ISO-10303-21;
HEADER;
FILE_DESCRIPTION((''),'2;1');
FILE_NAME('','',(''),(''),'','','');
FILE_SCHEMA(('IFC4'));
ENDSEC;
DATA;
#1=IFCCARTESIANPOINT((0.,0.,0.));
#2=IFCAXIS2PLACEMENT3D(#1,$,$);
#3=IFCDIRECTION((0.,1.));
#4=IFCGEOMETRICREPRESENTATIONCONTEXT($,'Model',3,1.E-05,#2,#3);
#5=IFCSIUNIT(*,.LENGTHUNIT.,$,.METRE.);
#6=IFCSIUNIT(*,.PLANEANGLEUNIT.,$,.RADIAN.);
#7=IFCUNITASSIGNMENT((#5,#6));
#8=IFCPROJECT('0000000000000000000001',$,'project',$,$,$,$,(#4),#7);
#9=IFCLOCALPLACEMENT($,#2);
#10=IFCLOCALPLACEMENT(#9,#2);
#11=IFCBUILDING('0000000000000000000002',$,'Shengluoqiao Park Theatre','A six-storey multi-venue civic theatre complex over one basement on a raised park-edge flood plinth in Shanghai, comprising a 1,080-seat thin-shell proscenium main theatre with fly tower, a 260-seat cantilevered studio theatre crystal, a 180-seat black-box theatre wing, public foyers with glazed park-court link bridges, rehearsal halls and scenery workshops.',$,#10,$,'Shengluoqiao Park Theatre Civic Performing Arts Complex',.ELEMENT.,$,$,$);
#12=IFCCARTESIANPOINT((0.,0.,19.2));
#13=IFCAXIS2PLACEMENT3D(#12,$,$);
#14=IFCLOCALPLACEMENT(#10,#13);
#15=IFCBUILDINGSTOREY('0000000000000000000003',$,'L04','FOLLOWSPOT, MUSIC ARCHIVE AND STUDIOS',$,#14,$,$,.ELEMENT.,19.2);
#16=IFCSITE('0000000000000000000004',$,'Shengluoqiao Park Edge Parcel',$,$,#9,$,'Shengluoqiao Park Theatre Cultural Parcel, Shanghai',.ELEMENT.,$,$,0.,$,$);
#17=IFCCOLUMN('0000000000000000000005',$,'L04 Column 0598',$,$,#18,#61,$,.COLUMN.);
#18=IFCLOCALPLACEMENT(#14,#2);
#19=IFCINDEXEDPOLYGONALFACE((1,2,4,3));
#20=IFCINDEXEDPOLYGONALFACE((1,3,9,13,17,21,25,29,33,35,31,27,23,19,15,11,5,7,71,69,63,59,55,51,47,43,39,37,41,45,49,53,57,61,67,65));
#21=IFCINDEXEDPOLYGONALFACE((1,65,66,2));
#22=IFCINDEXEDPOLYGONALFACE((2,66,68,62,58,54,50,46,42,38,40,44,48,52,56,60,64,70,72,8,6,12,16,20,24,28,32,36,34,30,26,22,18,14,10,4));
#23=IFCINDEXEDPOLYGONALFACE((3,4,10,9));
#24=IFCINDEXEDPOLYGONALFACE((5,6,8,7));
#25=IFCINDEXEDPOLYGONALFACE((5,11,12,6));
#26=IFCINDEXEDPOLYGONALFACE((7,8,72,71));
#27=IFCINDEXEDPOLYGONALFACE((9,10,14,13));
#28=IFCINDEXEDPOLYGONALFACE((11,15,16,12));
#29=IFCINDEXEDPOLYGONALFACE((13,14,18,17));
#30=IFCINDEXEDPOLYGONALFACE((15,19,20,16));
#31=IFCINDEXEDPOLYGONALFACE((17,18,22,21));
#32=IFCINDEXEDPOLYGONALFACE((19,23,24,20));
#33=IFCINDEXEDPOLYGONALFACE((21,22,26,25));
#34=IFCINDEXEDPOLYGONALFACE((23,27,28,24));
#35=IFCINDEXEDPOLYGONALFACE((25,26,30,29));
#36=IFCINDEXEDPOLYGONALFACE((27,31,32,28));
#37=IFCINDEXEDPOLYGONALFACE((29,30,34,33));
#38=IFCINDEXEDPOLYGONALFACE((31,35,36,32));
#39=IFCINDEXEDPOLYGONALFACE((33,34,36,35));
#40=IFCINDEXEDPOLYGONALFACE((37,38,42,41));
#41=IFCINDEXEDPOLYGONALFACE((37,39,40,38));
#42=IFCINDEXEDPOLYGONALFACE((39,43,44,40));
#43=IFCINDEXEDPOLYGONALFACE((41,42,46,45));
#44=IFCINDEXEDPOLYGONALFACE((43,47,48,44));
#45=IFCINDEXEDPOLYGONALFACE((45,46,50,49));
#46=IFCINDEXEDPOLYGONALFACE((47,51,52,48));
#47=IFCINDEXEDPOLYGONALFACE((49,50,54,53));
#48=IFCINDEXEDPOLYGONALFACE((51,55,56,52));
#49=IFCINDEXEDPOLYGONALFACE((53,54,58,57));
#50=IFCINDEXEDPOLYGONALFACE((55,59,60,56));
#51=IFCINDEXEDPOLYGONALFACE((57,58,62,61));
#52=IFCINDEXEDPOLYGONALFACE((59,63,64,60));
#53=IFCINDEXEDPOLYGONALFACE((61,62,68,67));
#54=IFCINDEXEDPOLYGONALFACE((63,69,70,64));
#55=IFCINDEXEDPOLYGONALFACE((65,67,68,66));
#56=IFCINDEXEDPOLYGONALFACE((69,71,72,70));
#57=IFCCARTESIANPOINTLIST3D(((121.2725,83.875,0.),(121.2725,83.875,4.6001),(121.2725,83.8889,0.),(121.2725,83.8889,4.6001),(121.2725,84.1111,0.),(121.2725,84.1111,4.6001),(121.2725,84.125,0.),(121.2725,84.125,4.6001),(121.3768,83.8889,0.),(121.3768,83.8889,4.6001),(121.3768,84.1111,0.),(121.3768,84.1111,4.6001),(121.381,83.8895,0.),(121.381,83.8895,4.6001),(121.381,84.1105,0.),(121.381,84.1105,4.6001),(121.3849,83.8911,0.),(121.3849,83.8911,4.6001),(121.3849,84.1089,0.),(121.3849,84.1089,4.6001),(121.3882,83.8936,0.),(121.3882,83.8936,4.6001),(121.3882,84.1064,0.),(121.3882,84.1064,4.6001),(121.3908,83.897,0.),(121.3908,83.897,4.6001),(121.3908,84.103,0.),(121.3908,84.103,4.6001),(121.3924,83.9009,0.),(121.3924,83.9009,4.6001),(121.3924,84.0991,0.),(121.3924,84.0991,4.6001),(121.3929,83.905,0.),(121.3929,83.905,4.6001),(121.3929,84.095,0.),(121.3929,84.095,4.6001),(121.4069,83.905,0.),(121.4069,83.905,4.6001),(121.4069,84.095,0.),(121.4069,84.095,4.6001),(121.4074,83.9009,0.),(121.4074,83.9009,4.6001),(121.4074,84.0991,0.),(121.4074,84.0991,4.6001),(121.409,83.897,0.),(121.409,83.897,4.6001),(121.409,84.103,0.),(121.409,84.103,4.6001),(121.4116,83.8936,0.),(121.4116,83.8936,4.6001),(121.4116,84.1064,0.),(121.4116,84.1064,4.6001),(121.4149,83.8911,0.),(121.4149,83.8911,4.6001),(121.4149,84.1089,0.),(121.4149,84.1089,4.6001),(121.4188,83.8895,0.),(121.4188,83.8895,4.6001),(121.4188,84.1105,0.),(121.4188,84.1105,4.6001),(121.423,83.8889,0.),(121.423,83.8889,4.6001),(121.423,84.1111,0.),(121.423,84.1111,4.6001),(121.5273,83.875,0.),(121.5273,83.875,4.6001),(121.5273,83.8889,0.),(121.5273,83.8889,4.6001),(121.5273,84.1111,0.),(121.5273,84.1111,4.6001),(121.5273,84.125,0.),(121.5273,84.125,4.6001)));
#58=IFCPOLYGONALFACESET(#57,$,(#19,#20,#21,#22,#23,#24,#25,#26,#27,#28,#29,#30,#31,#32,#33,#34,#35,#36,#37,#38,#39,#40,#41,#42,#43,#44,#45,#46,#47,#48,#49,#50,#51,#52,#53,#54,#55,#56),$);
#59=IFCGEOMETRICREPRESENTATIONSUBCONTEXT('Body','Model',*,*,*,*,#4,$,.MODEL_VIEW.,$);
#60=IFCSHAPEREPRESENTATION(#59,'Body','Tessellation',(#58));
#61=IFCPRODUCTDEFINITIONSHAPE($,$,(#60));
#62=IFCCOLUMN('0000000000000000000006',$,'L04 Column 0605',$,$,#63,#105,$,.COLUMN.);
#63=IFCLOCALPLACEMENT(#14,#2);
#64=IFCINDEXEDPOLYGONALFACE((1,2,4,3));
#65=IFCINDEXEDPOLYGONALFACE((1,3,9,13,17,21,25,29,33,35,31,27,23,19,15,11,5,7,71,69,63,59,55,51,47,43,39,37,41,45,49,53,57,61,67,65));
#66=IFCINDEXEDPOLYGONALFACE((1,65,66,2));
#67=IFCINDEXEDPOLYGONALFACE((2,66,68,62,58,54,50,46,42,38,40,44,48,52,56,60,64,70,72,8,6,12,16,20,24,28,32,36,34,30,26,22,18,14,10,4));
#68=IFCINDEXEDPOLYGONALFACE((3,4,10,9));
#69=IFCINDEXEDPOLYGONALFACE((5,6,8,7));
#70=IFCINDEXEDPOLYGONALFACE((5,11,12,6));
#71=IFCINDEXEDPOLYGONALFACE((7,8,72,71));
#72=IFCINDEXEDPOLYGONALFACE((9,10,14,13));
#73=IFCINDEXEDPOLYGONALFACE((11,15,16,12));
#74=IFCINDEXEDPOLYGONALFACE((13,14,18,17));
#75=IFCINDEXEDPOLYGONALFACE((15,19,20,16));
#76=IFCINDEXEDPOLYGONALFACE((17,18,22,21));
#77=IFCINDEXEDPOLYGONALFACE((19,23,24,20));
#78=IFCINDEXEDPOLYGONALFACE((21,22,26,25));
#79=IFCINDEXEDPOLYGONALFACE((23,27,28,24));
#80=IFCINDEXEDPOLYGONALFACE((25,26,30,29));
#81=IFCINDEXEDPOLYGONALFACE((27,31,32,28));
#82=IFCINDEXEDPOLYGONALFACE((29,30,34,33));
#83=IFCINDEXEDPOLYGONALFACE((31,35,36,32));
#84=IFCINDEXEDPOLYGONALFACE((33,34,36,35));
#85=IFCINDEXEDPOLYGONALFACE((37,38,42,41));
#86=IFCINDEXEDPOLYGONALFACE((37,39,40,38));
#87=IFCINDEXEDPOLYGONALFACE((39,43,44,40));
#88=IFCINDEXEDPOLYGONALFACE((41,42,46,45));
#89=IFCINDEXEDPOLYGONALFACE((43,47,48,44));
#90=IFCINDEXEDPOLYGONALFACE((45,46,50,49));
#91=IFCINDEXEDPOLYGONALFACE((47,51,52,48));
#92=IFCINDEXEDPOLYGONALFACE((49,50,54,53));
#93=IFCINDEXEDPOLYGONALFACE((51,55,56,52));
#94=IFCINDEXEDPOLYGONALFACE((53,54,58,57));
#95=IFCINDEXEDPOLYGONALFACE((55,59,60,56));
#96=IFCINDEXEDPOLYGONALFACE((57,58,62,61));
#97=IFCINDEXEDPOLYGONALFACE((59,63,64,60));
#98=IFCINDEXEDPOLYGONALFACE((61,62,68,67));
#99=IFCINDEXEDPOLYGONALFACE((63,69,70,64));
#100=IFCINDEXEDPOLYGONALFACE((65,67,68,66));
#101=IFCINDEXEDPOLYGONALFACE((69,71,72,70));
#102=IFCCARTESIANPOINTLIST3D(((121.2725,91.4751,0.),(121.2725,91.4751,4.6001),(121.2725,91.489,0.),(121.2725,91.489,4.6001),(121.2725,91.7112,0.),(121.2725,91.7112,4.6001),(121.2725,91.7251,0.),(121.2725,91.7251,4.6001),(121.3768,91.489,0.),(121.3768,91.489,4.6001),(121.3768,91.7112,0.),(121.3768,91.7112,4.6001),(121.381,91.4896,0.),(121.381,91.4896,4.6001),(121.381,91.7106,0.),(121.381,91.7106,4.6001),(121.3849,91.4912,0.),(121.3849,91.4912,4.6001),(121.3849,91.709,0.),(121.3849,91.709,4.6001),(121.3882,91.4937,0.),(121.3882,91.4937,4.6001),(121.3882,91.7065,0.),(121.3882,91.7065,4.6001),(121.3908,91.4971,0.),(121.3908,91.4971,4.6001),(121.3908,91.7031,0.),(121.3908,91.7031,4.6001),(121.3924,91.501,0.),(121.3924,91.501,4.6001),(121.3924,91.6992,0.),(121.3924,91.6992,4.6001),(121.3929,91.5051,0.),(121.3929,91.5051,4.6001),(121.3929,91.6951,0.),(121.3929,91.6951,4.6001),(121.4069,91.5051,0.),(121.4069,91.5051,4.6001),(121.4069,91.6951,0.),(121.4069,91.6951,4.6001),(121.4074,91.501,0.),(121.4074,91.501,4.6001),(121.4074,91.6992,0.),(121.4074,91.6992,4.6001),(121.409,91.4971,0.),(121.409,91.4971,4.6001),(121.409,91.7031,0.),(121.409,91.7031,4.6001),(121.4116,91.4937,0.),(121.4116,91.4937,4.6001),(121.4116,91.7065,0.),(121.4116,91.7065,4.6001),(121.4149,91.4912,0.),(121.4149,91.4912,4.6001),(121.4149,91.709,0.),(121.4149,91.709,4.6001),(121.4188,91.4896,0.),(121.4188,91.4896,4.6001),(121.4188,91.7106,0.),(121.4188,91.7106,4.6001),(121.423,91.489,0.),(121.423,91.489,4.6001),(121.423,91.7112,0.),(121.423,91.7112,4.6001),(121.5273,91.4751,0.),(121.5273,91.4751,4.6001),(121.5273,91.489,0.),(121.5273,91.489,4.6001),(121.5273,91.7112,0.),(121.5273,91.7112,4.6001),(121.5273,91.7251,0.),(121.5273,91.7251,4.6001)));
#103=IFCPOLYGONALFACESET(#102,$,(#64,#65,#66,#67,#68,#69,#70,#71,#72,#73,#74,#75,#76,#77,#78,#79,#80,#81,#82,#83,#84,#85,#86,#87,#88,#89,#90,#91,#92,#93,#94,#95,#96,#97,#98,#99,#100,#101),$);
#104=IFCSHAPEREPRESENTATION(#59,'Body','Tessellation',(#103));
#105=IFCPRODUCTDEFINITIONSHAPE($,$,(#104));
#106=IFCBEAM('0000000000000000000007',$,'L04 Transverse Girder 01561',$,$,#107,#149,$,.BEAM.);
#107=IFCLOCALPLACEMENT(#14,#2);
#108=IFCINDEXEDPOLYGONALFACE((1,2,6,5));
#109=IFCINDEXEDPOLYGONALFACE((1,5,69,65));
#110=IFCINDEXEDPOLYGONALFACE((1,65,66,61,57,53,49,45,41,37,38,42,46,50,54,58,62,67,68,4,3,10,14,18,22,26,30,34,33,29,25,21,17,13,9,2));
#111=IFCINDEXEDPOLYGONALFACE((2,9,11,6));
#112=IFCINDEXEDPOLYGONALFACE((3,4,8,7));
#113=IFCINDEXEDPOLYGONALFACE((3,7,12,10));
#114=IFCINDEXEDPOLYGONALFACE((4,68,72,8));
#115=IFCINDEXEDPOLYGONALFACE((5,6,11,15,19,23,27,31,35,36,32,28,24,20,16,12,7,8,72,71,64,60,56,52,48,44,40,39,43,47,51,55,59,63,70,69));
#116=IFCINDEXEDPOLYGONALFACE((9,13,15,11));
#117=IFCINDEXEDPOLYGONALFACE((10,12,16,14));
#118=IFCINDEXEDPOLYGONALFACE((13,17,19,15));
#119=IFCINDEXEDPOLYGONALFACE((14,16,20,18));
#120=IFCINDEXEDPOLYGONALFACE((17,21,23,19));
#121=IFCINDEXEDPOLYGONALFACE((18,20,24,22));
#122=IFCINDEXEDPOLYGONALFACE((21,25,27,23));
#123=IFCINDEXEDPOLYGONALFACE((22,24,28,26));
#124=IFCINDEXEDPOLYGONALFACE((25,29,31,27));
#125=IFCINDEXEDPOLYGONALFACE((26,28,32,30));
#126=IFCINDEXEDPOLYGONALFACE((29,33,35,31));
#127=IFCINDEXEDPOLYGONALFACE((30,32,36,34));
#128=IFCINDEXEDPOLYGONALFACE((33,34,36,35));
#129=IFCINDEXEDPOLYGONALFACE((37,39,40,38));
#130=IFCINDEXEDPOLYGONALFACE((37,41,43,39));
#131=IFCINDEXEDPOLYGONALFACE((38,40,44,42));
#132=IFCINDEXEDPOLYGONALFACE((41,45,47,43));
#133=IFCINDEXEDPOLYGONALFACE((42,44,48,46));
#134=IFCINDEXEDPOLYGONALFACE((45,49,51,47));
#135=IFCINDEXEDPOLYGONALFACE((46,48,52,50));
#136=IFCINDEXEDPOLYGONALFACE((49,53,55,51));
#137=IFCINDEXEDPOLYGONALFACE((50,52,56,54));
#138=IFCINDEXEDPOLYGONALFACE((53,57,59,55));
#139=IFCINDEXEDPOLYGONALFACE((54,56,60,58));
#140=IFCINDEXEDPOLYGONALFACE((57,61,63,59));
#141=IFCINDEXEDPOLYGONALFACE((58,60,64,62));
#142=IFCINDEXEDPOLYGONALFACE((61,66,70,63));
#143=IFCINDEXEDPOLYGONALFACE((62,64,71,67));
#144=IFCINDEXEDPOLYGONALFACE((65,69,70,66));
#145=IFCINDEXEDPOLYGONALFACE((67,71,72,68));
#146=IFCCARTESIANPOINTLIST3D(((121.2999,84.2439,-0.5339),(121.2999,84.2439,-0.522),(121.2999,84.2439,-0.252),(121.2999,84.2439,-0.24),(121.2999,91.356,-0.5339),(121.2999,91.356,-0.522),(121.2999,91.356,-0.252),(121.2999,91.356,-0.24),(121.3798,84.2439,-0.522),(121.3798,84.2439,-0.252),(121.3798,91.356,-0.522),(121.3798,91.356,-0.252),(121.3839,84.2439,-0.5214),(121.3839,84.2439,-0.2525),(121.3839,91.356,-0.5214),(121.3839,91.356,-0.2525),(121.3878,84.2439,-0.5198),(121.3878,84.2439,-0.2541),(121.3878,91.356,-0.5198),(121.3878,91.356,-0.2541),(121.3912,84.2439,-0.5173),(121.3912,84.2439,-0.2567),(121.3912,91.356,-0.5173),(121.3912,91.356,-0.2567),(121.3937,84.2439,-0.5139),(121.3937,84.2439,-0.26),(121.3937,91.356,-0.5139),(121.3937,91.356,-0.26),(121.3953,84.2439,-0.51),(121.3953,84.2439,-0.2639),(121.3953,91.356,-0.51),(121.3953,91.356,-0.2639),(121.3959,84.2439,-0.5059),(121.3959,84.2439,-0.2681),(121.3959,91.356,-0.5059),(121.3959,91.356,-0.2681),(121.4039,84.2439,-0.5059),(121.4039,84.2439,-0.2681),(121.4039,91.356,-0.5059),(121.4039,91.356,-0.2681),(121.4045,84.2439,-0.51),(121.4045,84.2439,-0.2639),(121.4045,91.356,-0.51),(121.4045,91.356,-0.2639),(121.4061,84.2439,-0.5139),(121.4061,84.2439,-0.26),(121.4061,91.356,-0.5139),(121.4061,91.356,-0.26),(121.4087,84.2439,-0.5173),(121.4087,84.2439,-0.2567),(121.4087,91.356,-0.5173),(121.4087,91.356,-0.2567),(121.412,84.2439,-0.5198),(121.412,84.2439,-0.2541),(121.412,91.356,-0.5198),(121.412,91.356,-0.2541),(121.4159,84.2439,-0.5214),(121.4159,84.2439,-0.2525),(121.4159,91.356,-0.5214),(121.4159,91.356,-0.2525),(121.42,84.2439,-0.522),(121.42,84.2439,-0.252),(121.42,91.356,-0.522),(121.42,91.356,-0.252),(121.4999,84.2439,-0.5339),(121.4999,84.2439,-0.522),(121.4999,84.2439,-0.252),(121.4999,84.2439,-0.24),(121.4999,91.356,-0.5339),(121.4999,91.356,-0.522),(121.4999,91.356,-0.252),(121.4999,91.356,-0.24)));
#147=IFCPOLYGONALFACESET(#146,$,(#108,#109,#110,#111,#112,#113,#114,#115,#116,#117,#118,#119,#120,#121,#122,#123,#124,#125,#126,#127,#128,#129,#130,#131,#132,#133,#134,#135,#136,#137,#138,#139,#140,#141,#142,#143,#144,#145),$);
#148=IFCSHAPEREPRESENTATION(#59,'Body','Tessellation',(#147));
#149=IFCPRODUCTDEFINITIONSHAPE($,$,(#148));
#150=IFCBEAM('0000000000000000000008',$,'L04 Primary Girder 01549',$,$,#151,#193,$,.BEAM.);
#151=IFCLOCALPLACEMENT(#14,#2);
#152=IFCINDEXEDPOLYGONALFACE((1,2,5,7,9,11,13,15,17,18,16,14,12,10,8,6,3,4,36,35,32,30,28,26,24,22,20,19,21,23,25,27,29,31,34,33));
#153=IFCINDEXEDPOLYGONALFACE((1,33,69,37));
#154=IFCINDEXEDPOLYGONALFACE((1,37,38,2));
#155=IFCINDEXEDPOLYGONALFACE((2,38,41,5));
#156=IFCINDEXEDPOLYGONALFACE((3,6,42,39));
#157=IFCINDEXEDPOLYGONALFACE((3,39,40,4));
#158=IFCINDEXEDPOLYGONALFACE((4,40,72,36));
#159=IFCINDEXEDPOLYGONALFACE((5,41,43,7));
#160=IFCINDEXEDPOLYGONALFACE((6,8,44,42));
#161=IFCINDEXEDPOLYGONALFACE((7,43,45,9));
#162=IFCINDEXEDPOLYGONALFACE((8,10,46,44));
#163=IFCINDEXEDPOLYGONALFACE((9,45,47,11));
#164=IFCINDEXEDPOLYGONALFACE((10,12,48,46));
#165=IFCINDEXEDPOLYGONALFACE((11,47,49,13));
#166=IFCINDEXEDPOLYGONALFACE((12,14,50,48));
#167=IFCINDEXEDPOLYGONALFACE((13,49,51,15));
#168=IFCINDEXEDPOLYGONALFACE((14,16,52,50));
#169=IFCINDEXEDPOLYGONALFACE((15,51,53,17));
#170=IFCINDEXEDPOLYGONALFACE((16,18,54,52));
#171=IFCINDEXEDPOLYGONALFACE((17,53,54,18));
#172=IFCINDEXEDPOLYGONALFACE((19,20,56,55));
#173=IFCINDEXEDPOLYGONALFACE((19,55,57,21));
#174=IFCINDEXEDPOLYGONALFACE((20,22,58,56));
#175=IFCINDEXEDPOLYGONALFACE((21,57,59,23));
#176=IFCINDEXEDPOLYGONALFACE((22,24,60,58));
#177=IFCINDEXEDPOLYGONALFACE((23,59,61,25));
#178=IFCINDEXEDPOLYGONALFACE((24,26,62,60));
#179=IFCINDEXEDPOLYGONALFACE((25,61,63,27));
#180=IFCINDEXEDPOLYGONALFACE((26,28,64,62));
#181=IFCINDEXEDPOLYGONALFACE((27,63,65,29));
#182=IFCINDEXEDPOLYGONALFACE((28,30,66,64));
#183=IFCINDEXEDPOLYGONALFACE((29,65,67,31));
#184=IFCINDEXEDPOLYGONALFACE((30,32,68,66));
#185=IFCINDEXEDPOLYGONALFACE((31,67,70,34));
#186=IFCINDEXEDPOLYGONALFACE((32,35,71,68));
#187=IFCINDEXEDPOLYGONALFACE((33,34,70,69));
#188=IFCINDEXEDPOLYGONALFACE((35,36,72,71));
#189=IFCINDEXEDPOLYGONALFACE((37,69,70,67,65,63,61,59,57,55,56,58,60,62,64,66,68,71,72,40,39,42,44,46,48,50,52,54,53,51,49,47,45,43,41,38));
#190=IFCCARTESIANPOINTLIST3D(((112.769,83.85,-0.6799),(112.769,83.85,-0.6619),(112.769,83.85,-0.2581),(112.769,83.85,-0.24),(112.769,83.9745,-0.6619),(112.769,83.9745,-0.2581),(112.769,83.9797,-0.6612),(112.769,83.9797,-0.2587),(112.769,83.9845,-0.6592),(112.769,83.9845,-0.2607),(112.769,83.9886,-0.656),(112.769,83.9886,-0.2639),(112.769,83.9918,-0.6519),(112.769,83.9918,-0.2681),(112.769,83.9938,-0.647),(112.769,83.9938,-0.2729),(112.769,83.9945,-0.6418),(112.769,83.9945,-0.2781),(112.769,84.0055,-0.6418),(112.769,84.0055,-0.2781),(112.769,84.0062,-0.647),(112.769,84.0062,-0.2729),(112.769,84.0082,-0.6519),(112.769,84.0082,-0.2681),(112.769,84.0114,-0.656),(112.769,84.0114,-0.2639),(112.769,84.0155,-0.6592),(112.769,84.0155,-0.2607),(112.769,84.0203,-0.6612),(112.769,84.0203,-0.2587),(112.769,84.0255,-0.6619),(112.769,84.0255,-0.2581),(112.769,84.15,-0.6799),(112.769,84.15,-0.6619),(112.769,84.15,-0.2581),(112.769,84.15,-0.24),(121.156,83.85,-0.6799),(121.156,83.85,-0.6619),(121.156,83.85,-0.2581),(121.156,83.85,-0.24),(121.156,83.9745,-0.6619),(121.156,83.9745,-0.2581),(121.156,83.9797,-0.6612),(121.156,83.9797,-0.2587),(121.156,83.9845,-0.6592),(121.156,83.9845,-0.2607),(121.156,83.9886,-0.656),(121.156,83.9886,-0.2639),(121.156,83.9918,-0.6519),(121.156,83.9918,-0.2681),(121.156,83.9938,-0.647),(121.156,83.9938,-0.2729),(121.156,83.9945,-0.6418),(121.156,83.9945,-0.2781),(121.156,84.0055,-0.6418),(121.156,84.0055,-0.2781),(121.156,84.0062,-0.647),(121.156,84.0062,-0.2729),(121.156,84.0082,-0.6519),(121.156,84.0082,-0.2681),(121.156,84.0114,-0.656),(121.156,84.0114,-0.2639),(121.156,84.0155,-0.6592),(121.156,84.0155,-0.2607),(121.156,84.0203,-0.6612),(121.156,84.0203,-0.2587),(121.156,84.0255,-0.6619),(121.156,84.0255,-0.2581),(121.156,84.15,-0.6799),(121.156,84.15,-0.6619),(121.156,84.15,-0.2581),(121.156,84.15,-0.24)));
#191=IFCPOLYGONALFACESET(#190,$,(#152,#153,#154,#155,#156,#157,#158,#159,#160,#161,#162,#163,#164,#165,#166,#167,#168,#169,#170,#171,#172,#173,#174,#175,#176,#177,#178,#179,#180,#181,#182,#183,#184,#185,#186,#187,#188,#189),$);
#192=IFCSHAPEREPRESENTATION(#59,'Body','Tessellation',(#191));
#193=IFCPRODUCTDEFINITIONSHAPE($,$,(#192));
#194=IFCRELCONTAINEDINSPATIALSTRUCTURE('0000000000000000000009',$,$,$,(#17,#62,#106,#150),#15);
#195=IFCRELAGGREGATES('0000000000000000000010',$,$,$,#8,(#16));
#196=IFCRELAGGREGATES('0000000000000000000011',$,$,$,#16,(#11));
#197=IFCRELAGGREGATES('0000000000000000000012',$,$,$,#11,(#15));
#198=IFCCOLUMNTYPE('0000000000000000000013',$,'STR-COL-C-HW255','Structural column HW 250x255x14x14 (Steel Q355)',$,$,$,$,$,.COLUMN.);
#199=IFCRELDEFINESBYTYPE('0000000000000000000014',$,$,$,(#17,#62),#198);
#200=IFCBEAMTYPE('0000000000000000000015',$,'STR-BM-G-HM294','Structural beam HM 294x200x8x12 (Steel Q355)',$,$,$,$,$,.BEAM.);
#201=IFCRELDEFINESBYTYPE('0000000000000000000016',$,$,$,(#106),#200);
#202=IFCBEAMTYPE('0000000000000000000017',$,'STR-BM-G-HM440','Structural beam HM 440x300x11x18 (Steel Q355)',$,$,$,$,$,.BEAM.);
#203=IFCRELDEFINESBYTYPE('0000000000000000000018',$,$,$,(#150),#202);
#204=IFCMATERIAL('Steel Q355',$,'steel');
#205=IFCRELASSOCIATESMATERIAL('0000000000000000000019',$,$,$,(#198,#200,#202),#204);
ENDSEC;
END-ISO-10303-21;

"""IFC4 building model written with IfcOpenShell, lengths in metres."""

from ifc_helpers import new_model, si_unit, direction, frame, origin, origin_2d, place, context, subcontext, project, spatial, i_section, extrude, material, material_profile, profile_set, type_object, element, save


model = new_model("IFC4")

# Units and contexts
model_context = context("Model", 3, precision=1e-05, world=origin(), true_north=direction((0.0, 1.0)))
body_context = subcontext(model_context, "Body", "Model", "MODEL_VIEW")
ifc_project = project(units=[si_unit("LENGTHUNIT", "METRE"), si_unit("PLANEANGLEUNIT", "RADIAN")], contexts=[model_context])

# Site, building, storey
site_placement = place(None, origin())
site = spatial("IfcSite", under=ifc_project, at=site_placement, Name="Shengluoqiao Park Edge Parcel", LongName="Shengluoqiao Park Theatre Cultural Parcel, Shanghai", CompositionType="ELEMENT", RefElevation=0.0)
building_placement = place(site_placement, origin())
building = spatial("IfcBuilding", under=site, at=building_placement, Name="Shengluoqiao Park Theatre", Description="A six-storey multi-venue civic theatre complex over one basement on a raised park-edge flood plinth in Shanghai, comprising a 1,080-seat thin-shell proscenium main theatre with fly tower, a 260-seat cantilevered studio theatre crystal, a 180-seat black-box theatre wing, public foyers with glazed park-court link bridges, rehearsal halls and scenery workshops.", LongName="Shengluoqiao Park Theatre Civic Performing Arts Complex", CompositionType="ELEMENT")
storey_placement = place(building_placement, frame((0.0, 0.0, 19.2)))
storey = spatial("IfcBuildingStorey", under=building, at=storey_placement, Name="L04", Description="FOLLOWSPOT, MUSIC ARCHIVE AND STUDIOS", CompositionType="ELEMENT", Elevation=19.2)

# Columns
ifc_material_1 = material(Name="Steel Q355", Category="steel")
ifc_material_profile_1 = material_profile(ifc_material_1, i_section(OverallWidth=0.2549, OverallDepth=0.25, WebThickness=0.0139, FlangeThickness=0.0139, FilletRadius=0.0161, at=origin_2d()), Name="HW 250x255x14x14")
ifc_profile_set_1 = profile_set([ifc_material_profile_1], Name="Steel Q355")
column_type = type_object("IfcColumnType", Name="STR-COL-C-HW255", Description="Structural column HW 250x255x14x14 (Steel Q355)", PredefinedType="COLUMN", material=ifc_profile_set_1)
for number, where, z_axis, x_axis, name in (
    (1, (121.3999, 84.0, 0.0), (0.0, 0.0, 1.0), (1.0, 0.0, 0.0), "L04 Column 0598"),
    (2, (121.3999, 91.6001, 0.0), (0.0, 0.0, 1.0), (1.0, 0.0, 0.0), "L04 Column 0605"),
):
    element("IfcColumn", number, at=place(storey_placement, frame(where, z_axis=z_axis, x_axis=x_axis)), inside=storey, type_object=column_type, Name=name, PredefinedType="COLUMN", context=body_context, shape_type="SweptSolid", body=[
        extrude(i_section(OverallWidth=0.2549, OverallDepth=0.25, WebThickness=0.0139, FlangeThickness=0.0139, FilletRadius=0.0161, at=origin_2d()), origin(), (0.0, 0.0, 1.0), 4.6001),
    ])

# Beams
ifc_material_profile_2 = material_profile(ifc_material_1, i_section(OverallWidth=0.2, OverallDepth=0.2939, WebThickness=0.0081, FlangeThickness=0.012, FilletRadius=0.0161, at=origin_2d()), Name="HM 294x200x8x12")
ifc_profile_set_2 = profile_set([ifc_material_profile_2], Name="Steel Q355")
beam_type_1 = type_object("IfcBeamType", Name="STR-BM-G-HM294", Description="Structural beam HM 294x200x8x12 (Steel Q355)", PredefinedType="BEAM", material=ifc_profile_set_2)
beam_1_placement = place(storey_placement, frame((121.3999, 84.2439, -0.387), z_axis=(0.0, 1.0, 0.0), x_axis=(-1.0, 0.0, 0.0)))
element("IfcBeam", 3, at=beam_1_placement, inside=storey, type_object=beam_type_1, Name="L04 Transverse Girder 01561", PredefinedType="BEAM", context=body_context, shape_type="SweptSolid", body=[
    extrude(i_section(OverallWidth=0.2, OverallDepth=0.2939, WebThickness=0.0081, FlangeThickness=0.012, FilletRadius=0.0161, at=origin_2d()), origin(), (0.0, 0.0, 1.0), 7.1121),
])
ifc_material_profile_3 = material_profile(ifc_material_1, i_section(OverallWidth=0.3, OverallDepth=0.4399, WebThickness=0.011, FlangeThickness=0.0181, FilletRadius=0.02, at=origin_2d()), Name="HM 440x300x11x18")
ifc_profile_set_3 = profile_set([ifc_material_profile_3], Name="Steel Q355")
beam_type_2 = type_object("IfcBeamType", Name="STR-BM-G-HM440", Description="Structural beam HM 440x300x11x18 (Steel Q355)", PredefinedType="BEAM", material=ifc_profile_set_3)
beam_2_placement = place(storey_placement, frame((112.769, 84.0, -0.46), z_axis=(1.0, 0.0, 0.0), x_axis=(0.0, 1.0, 0.0)))
element("IfcBeam", 4, at=beam_2_placement, inside=storey, type_object=beam_type_2, Name="L04 Primary Girder 01549", PredefinedType="BEAM", context=body_context, shape_type="SweptSolid", body=[
    extrude(i_section(OverallWidth=0.3, OverallDepth=0.4399, WebThickness=0.011, FlangeThickness=0.0181, FilletRadius=0.02, at=origin_2d()), origin(), (0.0, 0.0, 1.0), 8.387),
])

save(model, "model.ifc")
